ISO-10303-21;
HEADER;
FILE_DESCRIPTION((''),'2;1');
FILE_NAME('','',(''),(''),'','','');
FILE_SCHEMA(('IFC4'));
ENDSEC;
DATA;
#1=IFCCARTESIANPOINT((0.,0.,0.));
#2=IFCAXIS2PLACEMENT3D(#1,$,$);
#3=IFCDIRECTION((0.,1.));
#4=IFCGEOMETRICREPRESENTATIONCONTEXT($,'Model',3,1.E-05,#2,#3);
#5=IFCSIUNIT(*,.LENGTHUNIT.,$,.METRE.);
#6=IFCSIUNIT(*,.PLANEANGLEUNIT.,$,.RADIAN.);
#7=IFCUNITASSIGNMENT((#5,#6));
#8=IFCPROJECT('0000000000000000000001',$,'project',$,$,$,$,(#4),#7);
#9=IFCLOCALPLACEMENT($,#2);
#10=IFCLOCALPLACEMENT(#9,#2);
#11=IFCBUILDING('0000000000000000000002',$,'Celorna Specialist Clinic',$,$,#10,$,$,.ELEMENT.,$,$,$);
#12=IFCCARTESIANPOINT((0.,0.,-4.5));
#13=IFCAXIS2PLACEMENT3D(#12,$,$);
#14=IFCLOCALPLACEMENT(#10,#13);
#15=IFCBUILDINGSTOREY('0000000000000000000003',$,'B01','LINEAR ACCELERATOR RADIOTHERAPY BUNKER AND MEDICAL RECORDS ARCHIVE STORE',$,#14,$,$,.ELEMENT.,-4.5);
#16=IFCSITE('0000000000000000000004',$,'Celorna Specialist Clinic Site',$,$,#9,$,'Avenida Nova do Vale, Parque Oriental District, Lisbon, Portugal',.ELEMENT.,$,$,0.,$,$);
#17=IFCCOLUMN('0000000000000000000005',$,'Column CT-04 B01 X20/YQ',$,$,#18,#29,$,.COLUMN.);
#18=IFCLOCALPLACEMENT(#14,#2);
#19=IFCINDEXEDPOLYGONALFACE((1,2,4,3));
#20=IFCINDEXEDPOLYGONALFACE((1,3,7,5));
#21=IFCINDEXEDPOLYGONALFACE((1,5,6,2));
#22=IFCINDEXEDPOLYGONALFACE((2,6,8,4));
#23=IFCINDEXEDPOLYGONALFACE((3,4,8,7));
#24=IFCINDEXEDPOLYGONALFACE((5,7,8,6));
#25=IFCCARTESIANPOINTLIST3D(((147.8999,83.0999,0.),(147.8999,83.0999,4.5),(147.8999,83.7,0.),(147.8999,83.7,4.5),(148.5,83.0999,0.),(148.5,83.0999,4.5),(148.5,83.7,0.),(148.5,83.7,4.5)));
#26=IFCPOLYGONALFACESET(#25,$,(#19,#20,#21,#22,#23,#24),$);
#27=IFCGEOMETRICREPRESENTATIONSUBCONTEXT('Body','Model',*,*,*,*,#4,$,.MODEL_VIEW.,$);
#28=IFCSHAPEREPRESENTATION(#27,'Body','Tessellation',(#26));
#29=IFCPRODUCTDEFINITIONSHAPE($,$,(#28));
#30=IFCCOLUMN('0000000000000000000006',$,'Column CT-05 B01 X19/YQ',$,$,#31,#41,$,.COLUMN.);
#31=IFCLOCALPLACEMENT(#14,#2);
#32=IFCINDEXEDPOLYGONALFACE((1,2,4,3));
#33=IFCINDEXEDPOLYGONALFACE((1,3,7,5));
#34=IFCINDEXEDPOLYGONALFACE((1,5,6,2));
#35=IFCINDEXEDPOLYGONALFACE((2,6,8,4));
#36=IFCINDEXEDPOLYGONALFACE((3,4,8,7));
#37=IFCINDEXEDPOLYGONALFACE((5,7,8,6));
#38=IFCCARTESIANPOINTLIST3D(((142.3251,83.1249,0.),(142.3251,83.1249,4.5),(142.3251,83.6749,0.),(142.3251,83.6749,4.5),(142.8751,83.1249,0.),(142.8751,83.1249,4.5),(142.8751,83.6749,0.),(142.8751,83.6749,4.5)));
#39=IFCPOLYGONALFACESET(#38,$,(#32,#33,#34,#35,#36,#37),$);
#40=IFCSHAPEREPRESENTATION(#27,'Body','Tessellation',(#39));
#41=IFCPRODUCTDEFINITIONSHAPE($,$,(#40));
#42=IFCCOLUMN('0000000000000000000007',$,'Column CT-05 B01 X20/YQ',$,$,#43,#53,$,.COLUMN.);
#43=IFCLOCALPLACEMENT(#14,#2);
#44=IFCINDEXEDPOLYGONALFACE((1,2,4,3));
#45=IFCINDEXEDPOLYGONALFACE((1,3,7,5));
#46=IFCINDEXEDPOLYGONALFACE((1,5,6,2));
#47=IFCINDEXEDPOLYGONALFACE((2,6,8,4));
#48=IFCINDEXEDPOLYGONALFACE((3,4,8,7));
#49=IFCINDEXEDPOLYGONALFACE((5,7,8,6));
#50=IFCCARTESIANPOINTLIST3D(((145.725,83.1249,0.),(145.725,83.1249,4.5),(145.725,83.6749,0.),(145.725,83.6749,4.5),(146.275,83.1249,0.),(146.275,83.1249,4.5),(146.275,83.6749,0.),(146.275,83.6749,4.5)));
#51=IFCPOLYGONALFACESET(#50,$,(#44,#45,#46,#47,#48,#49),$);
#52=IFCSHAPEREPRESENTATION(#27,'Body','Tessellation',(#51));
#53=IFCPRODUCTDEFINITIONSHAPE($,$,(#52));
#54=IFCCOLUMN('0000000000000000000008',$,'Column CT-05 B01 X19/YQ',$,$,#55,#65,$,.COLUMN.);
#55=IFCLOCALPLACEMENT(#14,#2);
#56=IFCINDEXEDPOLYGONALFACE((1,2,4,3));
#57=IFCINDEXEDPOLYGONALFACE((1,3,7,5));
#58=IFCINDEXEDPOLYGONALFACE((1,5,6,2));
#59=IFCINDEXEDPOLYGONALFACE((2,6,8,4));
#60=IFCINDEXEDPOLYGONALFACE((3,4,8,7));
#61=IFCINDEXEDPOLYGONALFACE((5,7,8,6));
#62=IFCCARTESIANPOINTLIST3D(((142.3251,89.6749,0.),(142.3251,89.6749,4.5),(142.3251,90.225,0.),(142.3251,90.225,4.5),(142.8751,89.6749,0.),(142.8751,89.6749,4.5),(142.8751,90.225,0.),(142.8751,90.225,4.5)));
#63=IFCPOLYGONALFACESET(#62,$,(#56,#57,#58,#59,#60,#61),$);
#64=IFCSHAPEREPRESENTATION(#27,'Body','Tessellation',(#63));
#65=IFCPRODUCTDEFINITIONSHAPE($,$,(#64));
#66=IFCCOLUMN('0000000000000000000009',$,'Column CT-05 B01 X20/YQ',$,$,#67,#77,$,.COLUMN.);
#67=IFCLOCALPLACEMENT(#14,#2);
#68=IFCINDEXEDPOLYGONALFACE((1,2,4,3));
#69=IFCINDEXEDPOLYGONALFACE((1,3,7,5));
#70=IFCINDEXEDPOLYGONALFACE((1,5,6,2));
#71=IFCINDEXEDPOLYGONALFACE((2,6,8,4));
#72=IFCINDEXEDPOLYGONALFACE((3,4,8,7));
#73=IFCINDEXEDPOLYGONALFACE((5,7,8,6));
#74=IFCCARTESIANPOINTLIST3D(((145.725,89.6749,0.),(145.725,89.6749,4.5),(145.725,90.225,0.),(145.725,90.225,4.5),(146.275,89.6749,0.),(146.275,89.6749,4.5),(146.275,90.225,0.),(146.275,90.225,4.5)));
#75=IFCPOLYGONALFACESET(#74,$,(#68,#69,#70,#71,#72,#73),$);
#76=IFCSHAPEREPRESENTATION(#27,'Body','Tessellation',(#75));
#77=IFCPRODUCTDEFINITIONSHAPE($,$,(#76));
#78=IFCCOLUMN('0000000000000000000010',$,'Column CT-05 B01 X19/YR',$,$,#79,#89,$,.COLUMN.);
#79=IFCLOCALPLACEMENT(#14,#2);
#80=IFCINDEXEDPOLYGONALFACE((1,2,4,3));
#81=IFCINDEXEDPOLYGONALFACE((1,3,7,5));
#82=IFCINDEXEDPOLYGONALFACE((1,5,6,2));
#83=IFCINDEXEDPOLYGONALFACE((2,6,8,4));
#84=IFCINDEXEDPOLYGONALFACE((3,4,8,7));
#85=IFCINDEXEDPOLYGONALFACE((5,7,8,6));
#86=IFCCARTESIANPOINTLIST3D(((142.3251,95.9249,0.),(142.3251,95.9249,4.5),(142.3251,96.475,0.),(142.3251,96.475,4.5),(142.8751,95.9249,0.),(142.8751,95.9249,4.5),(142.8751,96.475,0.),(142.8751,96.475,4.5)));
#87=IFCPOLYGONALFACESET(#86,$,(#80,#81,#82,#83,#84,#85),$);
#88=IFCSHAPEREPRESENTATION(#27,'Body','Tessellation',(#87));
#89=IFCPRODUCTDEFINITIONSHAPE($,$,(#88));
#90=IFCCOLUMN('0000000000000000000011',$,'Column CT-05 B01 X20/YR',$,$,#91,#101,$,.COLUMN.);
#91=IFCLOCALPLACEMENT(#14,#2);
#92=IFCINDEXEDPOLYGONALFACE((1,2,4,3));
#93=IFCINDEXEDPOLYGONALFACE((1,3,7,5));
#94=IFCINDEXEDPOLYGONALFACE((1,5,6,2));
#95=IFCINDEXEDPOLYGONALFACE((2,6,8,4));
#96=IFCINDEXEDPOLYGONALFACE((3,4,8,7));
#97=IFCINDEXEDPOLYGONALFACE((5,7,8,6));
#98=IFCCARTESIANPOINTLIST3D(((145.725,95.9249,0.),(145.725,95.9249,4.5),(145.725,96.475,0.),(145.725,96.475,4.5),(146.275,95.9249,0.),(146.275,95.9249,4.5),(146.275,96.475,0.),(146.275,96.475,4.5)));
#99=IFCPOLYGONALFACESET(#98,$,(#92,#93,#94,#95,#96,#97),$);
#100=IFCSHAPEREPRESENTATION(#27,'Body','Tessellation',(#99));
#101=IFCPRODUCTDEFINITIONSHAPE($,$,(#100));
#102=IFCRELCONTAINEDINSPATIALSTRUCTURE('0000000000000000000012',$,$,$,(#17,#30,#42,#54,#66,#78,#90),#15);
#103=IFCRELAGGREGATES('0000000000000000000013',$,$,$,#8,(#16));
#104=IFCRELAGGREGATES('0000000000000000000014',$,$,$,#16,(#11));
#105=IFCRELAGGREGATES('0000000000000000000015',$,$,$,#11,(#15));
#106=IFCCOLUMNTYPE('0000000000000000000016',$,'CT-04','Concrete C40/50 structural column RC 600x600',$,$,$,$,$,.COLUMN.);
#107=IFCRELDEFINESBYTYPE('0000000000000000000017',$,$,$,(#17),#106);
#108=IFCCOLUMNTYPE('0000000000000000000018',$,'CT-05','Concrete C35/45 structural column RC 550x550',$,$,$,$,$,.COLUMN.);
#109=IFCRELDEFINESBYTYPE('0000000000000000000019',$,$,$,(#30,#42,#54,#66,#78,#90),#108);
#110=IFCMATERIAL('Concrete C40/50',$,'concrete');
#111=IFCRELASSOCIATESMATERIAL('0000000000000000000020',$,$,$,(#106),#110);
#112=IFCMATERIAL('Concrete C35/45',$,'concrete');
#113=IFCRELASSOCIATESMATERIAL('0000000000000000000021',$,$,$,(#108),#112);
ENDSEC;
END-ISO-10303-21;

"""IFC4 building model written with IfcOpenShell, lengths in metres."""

from ifc_helpers import new_model, si_unit, direction, frame, origin, origin_2d, place, context, subcontext, project, spatial, rectangle, extrude, material, material_profile, profile_set, type_object, element, save


model = new_model("IFC4")

# Units and contexts
model_context = context("Model", 3, precision=1e-05, world=origin(), true_north=direction((0.0, 1.0)))
body_context = subcontext(model_context, "Body", "Model", "MODEL_VIEW")
ifc_project = project(units=[si_unit("LENGTHUNIT", "METRE"), si_unit("PLANEANGLEUNIT", "RADIAN")], contexts=[model_context])

# Site, building, storey
site_placement = place(None, origin())
site = spatial("IfcSite", under=ifc_project, at=site_placement, Name="Celorna Specialist Clinic Site", LongName="Avenida Nova do Vale, Parque Oriental District, Lisbon, Portugal", CompositionType="ELEMENT", RefElevation=0.0)
building_placement = place(site_placement, origin())
building = spatial("IfcBuilding", under=site, at=building_placement, Name="Celorna Specialist Clinic", CompositionType="ELEMENT")
storey_placement = place(building_placement, frame((0.0, 0.0, -4.5)))
storey = spatial("IfcBuildingStorey", under=building, at=storey_placement, Name="B01", Description="LINEAR ACCELERATOR RADIOTHERAPY BUNKER AND MEDICAL RECORDS ARCHIVE STORE", CompositionType="ELEMENT", Elevation=-4.5)

# Shared definitions
ifc_material_1 = material(Name="Concrete C35/45", Category="concrete")

# Columns
ifc_material_2 = material(Name="Concrete C40/50", Category="concrete")
ifc_material_profile_1 = material_profile(ifc_material_2, rectangle(XDim=0.6001, YDim=0.6001, at=origin_2d()), Name="RC 600x600")
ifc_profile_set_1 = profile_set([ifc_material_profile_1], Name="Concrete C40/50")
column_type_1 = type_object("IfcColumnType", Name="CT-04", Description="Concrete C40/50 structural column RC 600x600", PredefinedType="COLUMN", material=ifc_profile_set_1)
column_1_placement = place(storey_placement, frame((148.2, 83.3999, 0.0), z_axis=(0.0, 0.0, 1.0), x_axis=(1.0, 0.0, 0.0)))
element("IfcColumn", 1, at=column_1_placement, inside=storey, type_object=column_type_1, Name="Column CT-04 B01 X20/YQ", PredefinedType="COLUMN", context=body_context, shape_type="SweptSolid", body=[
    extrude(rectangle(XDim=0.6001, YDim=0.6001, at=origin_2d()), origin(), (0.0, 0.0, 1.0), 4.5),
])
ifc_material_profile_2 = material_profile(ifc_material_1, rectangle(XDim=0.55, YDim=0.55, at=origin_2d()), Name="RC 550x550")
ifc_profile_set_2 = profile_set([ifc_material_profile_2], Name="Concrete C35/45")
column_type_2 = type_object("IfcColumnType", Name="CT-05", Description="Concrete C35/45 structural column RC 550x550", PredefinedType="COLUMN", material=ifc_profile_set_2)
for number, where, z_axis, x_axis, name in (
    (2, (142.6001, 83.3999, 0.0), (0.0, 0.0, 1.0), (1.0, 0.0, 0.0), "Column CT-05 B01 X19/YQ"),
    (3, (146.0, 83.3999, 0.0), (0.0, 0.0, 1.0), (1.0, 0.0, 0.0), "Column CT-05 B01 X20/YQ"),
    (4, (142.6001, 89.95, 0.0), (0.0, 0.0, 1.0), (1.0, 0.0, 0.0), "Column CT-05 B01 X19/YQ"),
    (5, (146.0, 89.95, 0.0), (0.0, 0.0, 1.0), (1.0, 0.0, 0.0), "Column CT-05 B01 X20/YQ"),
    (6, (142.6001, 96.2, 0.0), (0.0, 0.0, 1.0), (1.0, 0.0, 0.0), "Column CT-05 B01 X19/YR"),
    (7, (146.0, 96.2, 0.0), (0.0, 0.0, 1.0), (1.0, 0.0, 0.0), "Column CT-05 B01 X20/YR"),
):
    element("IfcColumn", number, at=place(storey_placement, frame(where, z_axis=z_axis, x_axis=x_axis)), inside=storey, type_object=column_type_2, Name=name, PredefinedType="COLUMN", context=body_context, shape_type="SweptSolid", body=[
        extrude(rectangle(XDim=0.55, YDim=0.55, at=origin_2d()), origin(), (0.0, 0.0, 1.0), 4.5),
    ])

save(model, "model.ifc")
